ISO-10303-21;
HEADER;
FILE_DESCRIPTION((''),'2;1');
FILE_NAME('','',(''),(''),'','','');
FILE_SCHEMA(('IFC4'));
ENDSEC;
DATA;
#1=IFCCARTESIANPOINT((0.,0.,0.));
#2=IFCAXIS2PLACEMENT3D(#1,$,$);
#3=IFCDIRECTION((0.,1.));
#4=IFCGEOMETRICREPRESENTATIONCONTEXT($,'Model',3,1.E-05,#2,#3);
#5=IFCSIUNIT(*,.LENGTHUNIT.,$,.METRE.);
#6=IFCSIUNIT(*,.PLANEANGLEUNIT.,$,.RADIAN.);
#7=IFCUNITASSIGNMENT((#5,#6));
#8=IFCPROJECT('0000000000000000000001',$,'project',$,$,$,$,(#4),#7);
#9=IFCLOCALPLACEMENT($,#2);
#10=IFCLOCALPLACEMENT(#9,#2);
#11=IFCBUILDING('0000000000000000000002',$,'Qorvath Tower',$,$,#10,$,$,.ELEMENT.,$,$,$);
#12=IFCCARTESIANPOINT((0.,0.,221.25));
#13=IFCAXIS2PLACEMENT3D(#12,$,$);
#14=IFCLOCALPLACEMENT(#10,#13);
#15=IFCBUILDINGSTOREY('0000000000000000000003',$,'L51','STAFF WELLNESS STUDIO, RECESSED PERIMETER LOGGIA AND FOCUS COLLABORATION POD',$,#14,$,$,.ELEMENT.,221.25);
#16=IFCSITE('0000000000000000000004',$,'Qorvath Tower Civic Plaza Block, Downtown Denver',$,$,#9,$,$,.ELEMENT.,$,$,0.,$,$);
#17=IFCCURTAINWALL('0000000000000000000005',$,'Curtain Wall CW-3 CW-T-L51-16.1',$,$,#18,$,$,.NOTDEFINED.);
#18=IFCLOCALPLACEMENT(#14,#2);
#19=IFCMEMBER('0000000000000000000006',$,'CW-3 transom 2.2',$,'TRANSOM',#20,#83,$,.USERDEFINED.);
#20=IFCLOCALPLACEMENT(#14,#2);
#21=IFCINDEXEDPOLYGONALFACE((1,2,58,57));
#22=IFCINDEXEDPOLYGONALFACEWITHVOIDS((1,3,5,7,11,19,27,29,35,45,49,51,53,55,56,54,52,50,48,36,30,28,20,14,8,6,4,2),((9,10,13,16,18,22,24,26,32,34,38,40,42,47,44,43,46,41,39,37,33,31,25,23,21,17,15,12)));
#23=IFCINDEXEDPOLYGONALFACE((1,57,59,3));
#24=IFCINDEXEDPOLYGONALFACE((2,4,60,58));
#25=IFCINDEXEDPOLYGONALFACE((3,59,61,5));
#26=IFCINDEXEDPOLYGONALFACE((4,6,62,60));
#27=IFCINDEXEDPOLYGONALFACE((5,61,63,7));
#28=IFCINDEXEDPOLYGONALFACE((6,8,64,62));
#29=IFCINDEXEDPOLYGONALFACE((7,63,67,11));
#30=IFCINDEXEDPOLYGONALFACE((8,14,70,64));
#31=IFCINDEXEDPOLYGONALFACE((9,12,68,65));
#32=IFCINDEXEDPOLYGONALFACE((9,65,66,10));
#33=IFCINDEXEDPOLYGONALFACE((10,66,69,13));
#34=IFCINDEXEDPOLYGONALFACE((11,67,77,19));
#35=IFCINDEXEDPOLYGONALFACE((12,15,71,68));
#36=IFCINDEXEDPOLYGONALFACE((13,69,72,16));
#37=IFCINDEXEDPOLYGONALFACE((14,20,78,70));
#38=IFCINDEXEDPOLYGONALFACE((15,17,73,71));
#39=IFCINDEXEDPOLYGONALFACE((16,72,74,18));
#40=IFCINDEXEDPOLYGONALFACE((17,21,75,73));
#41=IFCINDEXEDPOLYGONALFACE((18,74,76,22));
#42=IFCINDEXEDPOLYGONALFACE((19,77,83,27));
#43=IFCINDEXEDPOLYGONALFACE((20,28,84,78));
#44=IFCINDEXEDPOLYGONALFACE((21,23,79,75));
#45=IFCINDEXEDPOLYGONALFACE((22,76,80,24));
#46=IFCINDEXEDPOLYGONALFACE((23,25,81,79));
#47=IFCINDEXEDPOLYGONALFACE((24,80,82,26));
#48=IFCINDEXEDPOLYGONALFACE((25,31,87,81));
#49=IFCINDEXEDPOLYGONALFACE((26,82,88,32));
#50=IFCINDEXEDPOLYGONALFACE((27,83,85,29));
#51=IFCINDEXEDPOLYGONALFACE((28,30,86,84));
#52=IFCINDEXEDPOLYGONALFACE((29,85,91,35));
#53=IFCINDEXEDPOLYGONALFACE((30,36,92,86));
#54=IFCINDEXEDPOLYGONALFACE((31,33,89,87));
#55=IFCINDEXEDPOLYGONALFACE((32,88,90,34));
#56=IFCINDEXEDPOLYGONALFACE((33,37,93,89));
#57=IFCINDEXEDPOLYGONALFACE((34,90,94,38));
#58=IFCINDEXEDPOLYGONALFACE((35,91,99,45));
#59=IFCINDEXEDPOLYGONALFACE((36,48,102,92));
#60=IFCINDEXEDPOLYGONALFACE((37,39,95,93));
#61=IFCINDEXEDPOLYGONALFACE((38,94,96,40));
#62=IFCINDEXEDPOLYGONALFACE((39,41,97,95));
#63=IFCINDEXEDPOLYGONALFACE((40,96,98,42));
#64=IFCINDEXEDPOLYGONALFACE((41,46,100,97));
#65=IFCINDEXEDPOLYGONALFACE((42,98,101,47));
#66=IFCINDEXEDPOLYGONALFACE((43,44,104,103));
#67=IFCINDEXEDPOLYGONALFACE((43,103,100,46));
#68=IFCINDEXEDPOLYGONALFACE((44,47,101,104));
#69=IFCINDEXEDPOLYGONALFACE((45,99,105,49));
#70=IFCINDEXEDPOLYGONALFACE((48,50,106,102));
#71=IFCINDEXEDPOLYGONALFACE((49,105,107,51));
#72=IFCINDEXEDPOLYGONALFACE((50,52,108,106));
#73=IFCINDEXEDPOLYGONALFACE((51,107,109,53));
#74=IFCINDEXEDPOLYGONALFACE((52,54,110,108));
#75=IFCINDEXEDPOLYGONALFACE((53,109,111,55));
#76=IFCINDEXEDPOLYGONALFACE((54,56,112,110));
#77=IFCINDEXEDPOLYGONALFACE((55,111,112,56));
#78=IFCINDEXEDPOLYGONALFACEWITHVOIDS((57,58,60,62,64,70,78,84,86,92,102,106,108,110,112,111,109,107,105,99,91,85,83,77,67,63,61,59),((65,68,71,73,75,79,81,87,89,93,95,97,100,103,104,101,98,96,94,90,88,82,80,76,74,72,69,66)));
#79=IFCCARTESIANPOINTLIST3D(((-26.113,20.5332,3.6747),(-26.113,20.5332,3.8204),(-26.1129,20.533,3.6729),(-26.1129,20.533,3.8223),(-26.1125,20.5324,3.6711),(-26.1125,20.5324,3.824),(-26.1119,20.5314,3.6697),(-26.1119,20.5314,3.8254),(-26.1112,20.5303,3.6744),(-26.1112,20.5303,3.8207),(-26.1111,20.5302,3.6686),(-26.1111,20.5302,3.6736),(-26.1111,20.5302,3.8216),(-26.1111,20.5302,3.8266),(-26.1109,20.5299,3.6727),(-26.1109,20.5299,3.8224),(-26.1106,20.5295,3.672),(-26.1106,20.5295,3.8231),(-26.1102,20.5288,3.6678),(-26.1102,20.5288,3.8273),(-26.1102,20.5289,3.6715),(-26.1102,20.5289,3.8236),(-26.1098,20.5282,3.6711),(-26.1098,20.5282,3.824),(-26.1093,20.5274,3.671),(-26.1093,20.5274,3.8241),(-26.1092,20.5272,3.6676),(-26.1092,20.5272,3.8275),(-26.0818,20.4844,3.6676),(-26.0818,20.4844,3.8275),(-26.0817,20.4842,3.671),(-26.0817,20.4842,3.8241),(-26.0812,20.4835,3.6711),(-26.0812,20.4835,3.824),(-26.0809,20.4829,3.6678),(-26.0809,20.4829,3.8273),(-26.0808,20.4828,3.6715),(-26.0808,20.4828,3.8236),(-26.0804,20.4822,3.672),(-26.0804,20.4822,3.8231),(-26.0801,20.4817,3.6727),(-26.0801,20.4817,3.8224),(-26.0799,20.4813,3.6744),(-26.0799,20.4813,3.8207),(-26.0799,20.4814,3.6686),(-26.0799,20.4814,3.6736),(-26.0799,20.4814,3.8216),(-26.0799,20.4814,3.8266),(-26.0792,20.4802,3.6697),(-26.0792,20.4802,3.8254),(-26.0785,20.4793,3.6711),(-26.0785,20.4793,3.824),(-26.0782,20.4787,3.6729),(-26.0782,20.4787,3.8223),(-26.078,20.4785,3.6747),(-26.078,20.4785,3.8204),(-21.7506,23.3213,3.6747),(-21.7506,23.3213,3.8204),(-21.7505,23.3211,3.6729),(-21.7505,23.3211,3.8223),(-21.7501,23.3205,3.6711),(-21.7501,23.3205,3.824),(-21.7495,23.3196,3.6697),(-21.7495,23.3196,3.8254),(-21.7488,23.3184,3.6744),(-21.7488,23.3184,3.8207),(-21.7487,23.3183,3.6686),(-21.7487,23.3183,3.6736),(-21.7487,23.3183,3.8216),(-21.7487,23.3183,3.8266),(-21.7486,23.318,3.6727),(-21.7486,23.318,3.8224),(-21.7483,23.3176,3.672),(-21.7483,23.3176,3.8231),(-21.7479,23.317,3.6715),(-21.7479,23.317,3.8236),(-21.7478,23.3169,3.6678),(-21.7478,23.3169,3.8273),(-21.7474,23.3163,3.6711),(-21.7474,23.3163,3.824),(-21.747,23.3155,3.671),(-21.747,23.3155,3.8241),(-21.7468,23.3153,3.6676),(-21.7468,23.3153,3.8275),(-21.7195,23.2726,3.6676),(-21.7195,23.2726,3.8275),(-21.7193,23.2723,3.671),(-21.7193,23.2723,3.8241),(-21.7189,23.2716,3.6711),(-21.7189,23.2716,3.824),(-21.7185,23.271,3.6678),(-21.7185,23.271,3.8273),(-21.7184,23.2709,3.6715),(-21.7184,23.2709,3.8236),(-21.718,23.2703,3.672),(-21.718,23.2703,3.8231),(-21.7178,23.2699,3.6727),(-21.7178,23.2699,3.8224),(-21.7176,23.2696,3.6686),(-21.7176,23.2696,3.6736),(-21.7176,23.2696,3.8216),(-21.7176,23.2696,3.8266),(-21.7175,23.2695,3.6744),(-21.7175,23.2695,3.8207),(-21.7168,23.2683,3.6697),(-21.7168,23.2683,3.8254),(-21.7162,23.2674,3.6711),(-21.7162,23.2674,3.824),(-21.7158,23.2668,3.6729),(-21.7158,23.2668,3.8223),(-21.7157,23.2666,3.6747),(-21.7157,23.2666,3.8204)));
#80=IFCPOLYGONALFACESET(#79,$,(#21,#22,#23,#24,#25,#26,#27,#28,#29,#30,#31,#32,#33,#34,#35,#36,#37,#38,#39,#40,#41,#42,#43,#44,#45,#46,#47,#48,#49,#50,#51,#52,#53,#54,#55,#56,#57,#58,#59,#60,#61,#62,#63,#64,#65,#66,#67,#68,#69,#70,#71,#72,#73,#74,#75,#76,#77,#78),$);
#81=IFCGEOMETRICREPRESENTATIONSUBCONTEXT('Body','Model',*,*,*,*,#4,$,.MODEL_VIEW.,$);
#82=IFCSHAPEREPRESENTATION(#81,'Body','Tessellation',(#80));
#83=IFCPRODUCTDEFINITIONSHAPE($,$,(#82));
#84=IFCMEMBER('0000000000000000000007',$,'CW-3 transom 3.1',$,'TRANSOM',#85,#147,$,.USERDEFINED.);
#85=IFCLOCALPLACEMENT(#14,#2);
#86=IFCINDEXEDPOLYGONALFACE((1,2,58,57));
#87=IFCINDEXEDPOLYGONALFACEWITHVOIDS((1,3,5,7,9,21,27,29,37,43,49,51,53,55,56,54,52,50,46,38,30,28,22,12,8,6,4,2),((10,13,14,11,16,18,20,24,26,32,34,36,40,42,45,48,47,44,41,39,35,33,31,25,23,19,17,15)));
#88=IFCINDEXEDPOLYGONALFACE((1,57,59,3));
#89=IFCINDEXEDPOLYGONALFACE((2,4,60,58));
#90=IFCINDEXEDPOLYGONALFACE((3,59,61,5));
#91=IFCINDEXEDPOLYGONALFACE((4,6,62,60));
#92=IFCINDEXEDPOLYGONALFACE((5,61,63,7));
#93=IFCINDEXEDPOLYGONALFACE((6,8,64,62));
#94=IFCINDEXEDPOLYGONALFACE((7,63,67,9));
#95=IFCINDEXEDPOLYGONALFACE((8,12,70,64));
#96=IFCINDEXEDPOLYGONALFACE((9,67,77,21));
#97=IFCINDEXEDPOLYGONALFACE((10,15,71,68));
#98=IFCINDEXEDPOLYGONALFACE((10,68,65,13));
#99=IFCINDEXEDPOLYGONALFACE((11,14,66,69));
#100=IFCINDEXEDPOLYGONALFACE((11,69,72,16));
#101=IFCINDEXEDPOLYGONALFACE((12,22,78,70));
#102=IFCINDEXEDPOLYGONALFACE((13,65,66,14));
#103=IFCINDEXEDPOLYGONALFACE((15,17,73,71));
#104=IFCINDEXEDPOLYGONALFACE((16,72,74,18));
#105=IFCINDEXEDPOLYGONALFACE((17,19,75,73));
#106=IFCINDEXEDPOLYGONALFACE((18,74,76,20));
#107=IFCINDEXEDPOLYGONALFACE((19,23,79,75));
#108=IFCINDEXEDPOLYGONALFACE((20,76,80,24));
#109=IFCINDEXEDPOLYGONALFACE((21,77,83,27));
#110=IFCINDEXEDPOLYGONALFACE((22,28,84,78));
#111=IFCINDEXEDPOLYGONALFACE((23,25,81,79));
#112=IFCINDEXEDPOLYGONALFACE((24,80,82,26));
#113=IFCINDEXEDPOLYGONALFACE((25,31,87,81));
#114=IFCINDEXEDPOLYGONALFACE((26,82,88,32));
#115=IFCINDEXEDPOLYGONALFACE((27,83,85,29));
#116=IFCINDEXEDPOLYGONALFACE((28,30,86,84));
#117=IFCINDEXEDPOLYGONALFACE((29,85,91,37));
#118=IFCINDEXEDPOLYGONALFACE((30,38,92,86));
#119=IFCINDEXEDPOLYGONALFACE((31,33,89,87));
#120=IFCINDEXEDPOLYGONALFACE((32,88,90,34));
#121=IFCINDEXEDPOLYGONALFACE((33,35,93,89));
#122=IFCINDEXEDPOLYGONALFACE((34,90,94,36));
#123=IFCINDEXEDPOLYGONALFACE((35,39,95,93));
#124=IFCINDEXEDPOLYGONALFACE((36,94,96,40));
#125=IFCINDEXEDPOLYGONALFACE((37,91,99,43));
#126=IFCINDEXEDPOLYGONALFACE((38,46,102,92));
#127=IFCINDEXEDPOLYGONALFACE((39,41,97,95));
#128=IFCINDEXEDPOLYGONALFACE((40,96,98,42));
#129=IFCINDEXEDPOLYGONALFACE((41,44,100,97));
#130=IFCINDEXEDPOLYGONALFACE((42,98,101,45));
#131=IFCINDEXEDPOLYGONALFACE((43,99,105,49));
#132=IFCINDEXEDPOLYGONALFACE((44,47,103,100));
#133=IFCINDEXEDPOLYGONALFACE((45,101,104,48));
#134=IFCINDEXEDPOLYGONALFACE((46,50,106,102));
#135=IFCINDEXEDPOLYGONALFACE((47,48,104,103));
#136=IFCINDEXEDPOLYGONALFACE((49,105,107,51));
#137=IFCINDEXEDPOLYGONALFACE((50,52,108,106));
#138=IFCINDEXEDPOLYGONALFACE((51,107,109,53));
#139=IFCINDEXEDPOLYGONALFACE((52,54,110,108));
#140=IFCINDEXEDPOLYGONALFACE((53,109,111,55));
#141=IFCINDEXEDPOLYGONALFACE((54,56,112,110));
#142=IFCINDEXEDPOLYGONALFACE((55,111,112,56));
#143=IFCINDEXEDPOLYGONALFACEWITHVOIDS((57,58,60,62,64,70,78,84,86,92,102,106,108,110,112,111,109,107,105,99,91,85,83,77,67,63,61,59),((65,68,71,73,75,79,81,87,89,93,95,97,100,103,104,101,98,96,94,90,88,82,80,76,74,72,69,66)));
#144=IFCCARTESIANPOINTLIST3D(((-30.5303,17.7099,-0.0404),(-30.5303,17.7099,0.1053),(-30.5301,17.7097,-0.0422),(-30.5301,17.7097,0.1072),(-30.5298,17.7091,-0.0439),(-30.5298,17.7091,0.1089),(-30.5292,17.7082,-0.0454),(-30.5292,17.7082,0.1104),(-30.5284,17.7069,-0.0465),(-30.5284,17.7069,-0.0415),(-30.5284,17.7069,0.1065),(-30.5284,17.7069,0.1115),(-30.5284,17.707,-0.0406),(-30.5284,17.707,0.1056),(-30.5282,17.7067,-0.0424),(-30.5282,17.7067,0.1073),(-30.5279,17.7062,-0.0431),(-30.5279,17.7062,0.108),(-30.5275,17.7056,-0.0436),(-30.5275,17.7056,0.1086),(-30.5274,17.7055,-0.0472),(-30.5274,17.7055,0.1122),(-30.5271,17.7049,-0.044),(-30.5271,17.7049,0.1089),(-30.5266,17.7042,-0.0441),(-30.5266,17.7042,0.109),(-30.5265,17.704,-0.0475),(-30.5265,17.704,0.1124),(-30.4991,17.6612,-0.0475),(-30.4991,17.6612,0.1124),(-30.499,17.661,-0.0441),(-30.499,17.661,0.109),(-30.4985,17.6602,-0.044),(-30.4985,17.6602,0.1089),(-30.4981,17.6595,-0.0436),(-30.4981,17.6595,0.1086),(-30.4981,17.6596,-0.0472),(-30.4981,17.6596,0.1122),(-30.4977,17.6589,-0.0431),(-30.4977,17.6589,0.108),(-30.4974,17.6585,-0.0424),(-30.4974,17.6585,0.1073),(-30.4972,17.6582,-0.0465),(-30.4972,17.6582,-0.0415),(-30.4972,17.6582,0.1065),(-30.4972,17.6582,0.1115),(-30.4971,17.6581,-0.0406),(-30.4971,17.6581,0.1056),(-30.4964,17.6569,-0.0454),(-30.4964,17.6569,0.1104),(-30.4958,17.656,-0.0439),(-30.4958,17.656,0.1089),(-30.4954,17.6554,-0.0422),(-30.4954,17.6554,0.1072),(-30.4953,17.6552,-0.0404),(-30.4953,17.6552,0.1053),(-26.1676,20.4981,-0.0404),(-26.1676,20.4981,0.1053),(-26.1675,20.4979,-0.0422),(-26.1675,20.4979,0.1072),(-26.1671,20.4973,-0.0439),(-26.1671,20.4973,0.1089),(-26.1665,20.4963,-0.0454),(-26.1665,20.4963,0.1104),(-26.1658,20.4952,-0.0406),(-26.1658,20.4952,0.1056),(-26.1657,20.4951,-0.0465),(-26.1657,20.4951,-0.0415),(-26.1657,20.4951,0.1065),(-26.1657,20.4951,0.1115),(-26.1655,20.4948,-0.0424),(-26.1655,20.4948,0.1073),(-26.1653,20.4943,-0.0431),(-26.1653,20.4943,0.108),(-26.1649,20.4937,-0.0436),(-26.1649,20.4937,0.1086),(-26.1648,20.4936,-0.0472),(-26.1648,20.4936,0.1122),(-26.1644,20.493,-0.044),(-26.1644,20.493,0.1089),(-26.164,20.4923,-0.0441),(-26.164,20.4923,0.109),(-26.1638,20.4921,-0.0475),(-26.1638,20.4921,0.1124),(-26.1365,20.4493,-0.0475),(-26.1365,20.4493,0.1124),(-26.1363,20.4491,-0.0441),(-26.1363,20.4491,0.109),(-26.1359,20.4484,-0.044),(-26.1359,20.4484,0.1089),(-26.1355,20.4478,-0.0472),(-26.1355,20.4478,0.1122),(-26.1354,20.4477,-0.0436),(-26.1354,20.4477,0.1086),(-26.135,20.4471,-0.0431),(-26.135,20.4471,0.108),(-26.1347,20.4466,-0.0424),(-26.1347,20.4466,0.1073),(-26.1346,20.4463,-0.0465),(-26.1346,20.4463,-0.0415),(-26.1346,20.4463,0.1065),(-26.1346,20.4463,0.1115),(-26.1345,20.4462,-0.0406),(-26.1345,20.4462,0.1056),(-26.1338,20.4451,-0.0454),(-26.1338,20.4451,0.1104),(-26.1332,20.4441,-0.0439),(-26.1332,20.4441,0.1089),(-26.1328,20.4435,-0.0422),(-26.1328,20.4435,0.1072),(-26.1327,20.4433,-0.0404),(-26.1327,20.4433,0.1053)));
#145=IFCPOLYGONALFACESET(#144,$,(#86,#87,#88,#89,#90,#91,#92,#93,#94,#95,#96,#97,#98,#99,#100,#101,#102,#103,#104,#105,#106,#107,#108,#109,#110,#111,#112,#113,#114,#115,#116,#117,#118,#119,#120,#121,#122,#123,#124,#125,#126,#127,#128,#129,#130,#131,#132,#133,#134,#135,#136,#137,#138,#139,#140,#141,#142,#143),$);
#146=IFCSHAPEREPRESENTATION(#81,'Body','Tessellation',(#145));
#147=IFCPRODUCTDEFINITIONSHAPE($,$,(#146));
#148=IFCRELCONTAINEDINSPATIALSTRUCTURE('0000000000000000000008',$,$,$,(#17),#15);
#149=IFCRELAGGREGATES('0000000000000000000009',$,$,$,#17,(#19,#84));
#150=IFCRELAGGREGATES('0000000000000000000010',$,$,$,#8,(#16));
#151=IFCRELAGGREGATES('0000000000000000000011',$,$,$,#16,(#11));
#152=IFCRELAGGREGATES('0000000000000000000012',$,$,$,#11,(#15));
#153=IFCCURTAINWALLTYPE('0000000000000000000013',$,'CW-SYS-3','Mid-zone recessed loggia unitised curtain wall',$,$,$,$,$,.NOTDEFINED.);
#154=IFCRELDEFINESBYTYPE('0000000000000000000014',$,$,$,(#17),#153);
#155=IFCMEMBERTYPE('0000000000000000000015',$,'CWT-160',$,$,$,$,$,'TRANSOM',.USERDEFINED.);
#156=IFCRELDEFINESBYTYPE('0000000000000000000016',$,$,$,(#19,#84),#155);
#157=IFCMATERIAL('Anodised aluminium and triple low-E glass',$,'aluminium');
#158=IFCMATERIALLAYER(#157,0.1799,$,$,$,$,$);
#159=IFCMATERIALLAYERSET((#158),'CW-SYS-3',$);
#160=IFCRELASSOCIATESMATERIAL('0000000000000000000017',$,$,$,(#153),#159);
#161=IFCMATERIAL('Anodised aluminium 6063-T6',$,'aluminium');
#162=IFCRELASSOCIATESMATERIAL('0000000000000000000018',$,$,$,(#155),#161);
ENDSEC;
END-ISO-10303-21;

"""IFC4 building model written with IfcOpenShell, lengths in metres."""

from ifc_helpers import new_model, si_unit, direction, frame, origin, origin_2d, place, context, subcontext, project, spatial, hollow_rectangle, extrude, material, layer, layer_set, material_profile, profile_set, type_object, element, aggregate, save


model = new_model("IFC4")

# Units and contexts
model_context = context("Model", 3, precision=1e-05, world=origin(), true_north=direction((0.0, 1.0)))
body_context = subcontext(model_context, "Body", "Model", "MODEL_VIEW")
ifc_project = project(units=[si_unit("LENGTHUNIT", "METRE"), si_unit("PLANEANGLEUNIT", "RADIAN")], contexts=[model_context])

# Site, building, storey
site_placement = place(None, origin())
site = spatial("IfcSite", under=ifc_project, at=site_placement, Name="Qorvath Tower Civic Plaza Block, Downtown Denver", CompositionType="ELEMENT", RefElevation=0.0)
building_placement = place(site_placement, origin())
building = spatial("IfcBuilding", under=site, at=building_placement, Name="Qorvath Tower", CompositionType="ELEMENT")
storey_placement = place(building_placement, frame((0.0, 0.0, 221.25)))
storey = spatial("IfcBuildingStorey", under=building, at=storey_placement, Name="L51", Description="STAFF WELLNESS STUDIO, RECESSED PERIMETER LOGGIA AND FOCUS COLLABORATION POD", CompositionType="ELEMENT", Elevation=221.25)

# Curtain wall, members
ifc_material_1 = material(Name="Anodised aluminium and triple low-E glass", Category="aluminium")
ifc_layer_1 = layer(ifc_material_1, 0.1799)
ifc_layer_set_1 = layer_set([ifc_layer_1], Name="CW-SYS-3")
curtain_wall_type = type_object("IfcCurtainWallType", Name="CW-SYS-3", Description="Mid-zone recessed loggia unitised curtain wall", PredefinedType="NOTDEFINED", material=ifc_layer_set_1)
curtain_wall_placement = place(storey_placement, origin())
curtain_wall = element("IfcCurtainWall", 1, at=curtain_wall_placement, inside=storey, type_object=curtain_wall_type, Name="Curtain Wall CW-3 CW-T-L51-16.1", PredefinedType="NOTDEFINED")
ifc_material_2 = material(Name="Anodised aluminium 6063-T6", Category="aluminium")
ifc_material_profile_1 = material_profile(ifc_material_2, hollow_rectangle(XDim=0.0649, YDim=0.1599, WallThickness=0.0034, InnerFilletRadius=0.0034, OuterFilletRadius=0.0071, at=origin_2d()), Name="CWT 160x65")
ifc_profile_set_1 = profile_set([ifc_material_profile_1], Name="Anodised aluminium 6063-T6")
member_type_1 = type_object("IfcMemberType", Name="CWT-160", ElementType="TRANSOM", PredefinedType="USERDEFINED", material=ifc_profile_set_1)
member_1_placement = place(storey_placement, frame((-21.7332, 23.2939, 3.7476), z_axis=(-0.842604, -0.538534, 0.0), x_axis=(0.538534, -0.842604, 0.0)))
member_1 = element("IfcMember", 2, at=member_1_placement, type_object=member_type_1, Name="CW-3 transom 2.2", ObjectType="TRANSOM", PredefinedType="USERDEFINED", context=body_context, shape_type="SweptSolid", body=[
    extrude(hollow_rectangle(XDim=0.0649, YDim=0.1599, WallThickness=0.0034, InnerFilletRadius=0.0034, OuterFilletRadius=0.0071, at=origin_2d()), origin(), (0.0, 0.0, 1.0), 5.1772),
])
member_2_placement = place(storey_placement, frame((-26.1501, 20.4707, 0.0325), z_axis=(-0.842617, -0.538513, 0.0), x_axis=(0.538513, -0.842617, 0.0)))
member_2 = element("IfcMember", 3, at=member_2_placement, type_object=member_type_1, Name="CW-3 transom 3.1", ObjectType="TRANSOM", PredefinedType="USERDEFINED", context=body_context, shape_type="SweptSolid", body=[
    extrude(hollow_rectangle(XDim=0.0649, YDim=0.1599, WallThickness=0.0034, InnerFilletRadius=0.0034, OuterFilletRadius=0.0071, at=origin_2d()), origin(), (0.0, 0.0, 1.0), 5.1775),
])
aggregate(curtain_wall, [member_1, member_2])

save(model, "model.ifc")
